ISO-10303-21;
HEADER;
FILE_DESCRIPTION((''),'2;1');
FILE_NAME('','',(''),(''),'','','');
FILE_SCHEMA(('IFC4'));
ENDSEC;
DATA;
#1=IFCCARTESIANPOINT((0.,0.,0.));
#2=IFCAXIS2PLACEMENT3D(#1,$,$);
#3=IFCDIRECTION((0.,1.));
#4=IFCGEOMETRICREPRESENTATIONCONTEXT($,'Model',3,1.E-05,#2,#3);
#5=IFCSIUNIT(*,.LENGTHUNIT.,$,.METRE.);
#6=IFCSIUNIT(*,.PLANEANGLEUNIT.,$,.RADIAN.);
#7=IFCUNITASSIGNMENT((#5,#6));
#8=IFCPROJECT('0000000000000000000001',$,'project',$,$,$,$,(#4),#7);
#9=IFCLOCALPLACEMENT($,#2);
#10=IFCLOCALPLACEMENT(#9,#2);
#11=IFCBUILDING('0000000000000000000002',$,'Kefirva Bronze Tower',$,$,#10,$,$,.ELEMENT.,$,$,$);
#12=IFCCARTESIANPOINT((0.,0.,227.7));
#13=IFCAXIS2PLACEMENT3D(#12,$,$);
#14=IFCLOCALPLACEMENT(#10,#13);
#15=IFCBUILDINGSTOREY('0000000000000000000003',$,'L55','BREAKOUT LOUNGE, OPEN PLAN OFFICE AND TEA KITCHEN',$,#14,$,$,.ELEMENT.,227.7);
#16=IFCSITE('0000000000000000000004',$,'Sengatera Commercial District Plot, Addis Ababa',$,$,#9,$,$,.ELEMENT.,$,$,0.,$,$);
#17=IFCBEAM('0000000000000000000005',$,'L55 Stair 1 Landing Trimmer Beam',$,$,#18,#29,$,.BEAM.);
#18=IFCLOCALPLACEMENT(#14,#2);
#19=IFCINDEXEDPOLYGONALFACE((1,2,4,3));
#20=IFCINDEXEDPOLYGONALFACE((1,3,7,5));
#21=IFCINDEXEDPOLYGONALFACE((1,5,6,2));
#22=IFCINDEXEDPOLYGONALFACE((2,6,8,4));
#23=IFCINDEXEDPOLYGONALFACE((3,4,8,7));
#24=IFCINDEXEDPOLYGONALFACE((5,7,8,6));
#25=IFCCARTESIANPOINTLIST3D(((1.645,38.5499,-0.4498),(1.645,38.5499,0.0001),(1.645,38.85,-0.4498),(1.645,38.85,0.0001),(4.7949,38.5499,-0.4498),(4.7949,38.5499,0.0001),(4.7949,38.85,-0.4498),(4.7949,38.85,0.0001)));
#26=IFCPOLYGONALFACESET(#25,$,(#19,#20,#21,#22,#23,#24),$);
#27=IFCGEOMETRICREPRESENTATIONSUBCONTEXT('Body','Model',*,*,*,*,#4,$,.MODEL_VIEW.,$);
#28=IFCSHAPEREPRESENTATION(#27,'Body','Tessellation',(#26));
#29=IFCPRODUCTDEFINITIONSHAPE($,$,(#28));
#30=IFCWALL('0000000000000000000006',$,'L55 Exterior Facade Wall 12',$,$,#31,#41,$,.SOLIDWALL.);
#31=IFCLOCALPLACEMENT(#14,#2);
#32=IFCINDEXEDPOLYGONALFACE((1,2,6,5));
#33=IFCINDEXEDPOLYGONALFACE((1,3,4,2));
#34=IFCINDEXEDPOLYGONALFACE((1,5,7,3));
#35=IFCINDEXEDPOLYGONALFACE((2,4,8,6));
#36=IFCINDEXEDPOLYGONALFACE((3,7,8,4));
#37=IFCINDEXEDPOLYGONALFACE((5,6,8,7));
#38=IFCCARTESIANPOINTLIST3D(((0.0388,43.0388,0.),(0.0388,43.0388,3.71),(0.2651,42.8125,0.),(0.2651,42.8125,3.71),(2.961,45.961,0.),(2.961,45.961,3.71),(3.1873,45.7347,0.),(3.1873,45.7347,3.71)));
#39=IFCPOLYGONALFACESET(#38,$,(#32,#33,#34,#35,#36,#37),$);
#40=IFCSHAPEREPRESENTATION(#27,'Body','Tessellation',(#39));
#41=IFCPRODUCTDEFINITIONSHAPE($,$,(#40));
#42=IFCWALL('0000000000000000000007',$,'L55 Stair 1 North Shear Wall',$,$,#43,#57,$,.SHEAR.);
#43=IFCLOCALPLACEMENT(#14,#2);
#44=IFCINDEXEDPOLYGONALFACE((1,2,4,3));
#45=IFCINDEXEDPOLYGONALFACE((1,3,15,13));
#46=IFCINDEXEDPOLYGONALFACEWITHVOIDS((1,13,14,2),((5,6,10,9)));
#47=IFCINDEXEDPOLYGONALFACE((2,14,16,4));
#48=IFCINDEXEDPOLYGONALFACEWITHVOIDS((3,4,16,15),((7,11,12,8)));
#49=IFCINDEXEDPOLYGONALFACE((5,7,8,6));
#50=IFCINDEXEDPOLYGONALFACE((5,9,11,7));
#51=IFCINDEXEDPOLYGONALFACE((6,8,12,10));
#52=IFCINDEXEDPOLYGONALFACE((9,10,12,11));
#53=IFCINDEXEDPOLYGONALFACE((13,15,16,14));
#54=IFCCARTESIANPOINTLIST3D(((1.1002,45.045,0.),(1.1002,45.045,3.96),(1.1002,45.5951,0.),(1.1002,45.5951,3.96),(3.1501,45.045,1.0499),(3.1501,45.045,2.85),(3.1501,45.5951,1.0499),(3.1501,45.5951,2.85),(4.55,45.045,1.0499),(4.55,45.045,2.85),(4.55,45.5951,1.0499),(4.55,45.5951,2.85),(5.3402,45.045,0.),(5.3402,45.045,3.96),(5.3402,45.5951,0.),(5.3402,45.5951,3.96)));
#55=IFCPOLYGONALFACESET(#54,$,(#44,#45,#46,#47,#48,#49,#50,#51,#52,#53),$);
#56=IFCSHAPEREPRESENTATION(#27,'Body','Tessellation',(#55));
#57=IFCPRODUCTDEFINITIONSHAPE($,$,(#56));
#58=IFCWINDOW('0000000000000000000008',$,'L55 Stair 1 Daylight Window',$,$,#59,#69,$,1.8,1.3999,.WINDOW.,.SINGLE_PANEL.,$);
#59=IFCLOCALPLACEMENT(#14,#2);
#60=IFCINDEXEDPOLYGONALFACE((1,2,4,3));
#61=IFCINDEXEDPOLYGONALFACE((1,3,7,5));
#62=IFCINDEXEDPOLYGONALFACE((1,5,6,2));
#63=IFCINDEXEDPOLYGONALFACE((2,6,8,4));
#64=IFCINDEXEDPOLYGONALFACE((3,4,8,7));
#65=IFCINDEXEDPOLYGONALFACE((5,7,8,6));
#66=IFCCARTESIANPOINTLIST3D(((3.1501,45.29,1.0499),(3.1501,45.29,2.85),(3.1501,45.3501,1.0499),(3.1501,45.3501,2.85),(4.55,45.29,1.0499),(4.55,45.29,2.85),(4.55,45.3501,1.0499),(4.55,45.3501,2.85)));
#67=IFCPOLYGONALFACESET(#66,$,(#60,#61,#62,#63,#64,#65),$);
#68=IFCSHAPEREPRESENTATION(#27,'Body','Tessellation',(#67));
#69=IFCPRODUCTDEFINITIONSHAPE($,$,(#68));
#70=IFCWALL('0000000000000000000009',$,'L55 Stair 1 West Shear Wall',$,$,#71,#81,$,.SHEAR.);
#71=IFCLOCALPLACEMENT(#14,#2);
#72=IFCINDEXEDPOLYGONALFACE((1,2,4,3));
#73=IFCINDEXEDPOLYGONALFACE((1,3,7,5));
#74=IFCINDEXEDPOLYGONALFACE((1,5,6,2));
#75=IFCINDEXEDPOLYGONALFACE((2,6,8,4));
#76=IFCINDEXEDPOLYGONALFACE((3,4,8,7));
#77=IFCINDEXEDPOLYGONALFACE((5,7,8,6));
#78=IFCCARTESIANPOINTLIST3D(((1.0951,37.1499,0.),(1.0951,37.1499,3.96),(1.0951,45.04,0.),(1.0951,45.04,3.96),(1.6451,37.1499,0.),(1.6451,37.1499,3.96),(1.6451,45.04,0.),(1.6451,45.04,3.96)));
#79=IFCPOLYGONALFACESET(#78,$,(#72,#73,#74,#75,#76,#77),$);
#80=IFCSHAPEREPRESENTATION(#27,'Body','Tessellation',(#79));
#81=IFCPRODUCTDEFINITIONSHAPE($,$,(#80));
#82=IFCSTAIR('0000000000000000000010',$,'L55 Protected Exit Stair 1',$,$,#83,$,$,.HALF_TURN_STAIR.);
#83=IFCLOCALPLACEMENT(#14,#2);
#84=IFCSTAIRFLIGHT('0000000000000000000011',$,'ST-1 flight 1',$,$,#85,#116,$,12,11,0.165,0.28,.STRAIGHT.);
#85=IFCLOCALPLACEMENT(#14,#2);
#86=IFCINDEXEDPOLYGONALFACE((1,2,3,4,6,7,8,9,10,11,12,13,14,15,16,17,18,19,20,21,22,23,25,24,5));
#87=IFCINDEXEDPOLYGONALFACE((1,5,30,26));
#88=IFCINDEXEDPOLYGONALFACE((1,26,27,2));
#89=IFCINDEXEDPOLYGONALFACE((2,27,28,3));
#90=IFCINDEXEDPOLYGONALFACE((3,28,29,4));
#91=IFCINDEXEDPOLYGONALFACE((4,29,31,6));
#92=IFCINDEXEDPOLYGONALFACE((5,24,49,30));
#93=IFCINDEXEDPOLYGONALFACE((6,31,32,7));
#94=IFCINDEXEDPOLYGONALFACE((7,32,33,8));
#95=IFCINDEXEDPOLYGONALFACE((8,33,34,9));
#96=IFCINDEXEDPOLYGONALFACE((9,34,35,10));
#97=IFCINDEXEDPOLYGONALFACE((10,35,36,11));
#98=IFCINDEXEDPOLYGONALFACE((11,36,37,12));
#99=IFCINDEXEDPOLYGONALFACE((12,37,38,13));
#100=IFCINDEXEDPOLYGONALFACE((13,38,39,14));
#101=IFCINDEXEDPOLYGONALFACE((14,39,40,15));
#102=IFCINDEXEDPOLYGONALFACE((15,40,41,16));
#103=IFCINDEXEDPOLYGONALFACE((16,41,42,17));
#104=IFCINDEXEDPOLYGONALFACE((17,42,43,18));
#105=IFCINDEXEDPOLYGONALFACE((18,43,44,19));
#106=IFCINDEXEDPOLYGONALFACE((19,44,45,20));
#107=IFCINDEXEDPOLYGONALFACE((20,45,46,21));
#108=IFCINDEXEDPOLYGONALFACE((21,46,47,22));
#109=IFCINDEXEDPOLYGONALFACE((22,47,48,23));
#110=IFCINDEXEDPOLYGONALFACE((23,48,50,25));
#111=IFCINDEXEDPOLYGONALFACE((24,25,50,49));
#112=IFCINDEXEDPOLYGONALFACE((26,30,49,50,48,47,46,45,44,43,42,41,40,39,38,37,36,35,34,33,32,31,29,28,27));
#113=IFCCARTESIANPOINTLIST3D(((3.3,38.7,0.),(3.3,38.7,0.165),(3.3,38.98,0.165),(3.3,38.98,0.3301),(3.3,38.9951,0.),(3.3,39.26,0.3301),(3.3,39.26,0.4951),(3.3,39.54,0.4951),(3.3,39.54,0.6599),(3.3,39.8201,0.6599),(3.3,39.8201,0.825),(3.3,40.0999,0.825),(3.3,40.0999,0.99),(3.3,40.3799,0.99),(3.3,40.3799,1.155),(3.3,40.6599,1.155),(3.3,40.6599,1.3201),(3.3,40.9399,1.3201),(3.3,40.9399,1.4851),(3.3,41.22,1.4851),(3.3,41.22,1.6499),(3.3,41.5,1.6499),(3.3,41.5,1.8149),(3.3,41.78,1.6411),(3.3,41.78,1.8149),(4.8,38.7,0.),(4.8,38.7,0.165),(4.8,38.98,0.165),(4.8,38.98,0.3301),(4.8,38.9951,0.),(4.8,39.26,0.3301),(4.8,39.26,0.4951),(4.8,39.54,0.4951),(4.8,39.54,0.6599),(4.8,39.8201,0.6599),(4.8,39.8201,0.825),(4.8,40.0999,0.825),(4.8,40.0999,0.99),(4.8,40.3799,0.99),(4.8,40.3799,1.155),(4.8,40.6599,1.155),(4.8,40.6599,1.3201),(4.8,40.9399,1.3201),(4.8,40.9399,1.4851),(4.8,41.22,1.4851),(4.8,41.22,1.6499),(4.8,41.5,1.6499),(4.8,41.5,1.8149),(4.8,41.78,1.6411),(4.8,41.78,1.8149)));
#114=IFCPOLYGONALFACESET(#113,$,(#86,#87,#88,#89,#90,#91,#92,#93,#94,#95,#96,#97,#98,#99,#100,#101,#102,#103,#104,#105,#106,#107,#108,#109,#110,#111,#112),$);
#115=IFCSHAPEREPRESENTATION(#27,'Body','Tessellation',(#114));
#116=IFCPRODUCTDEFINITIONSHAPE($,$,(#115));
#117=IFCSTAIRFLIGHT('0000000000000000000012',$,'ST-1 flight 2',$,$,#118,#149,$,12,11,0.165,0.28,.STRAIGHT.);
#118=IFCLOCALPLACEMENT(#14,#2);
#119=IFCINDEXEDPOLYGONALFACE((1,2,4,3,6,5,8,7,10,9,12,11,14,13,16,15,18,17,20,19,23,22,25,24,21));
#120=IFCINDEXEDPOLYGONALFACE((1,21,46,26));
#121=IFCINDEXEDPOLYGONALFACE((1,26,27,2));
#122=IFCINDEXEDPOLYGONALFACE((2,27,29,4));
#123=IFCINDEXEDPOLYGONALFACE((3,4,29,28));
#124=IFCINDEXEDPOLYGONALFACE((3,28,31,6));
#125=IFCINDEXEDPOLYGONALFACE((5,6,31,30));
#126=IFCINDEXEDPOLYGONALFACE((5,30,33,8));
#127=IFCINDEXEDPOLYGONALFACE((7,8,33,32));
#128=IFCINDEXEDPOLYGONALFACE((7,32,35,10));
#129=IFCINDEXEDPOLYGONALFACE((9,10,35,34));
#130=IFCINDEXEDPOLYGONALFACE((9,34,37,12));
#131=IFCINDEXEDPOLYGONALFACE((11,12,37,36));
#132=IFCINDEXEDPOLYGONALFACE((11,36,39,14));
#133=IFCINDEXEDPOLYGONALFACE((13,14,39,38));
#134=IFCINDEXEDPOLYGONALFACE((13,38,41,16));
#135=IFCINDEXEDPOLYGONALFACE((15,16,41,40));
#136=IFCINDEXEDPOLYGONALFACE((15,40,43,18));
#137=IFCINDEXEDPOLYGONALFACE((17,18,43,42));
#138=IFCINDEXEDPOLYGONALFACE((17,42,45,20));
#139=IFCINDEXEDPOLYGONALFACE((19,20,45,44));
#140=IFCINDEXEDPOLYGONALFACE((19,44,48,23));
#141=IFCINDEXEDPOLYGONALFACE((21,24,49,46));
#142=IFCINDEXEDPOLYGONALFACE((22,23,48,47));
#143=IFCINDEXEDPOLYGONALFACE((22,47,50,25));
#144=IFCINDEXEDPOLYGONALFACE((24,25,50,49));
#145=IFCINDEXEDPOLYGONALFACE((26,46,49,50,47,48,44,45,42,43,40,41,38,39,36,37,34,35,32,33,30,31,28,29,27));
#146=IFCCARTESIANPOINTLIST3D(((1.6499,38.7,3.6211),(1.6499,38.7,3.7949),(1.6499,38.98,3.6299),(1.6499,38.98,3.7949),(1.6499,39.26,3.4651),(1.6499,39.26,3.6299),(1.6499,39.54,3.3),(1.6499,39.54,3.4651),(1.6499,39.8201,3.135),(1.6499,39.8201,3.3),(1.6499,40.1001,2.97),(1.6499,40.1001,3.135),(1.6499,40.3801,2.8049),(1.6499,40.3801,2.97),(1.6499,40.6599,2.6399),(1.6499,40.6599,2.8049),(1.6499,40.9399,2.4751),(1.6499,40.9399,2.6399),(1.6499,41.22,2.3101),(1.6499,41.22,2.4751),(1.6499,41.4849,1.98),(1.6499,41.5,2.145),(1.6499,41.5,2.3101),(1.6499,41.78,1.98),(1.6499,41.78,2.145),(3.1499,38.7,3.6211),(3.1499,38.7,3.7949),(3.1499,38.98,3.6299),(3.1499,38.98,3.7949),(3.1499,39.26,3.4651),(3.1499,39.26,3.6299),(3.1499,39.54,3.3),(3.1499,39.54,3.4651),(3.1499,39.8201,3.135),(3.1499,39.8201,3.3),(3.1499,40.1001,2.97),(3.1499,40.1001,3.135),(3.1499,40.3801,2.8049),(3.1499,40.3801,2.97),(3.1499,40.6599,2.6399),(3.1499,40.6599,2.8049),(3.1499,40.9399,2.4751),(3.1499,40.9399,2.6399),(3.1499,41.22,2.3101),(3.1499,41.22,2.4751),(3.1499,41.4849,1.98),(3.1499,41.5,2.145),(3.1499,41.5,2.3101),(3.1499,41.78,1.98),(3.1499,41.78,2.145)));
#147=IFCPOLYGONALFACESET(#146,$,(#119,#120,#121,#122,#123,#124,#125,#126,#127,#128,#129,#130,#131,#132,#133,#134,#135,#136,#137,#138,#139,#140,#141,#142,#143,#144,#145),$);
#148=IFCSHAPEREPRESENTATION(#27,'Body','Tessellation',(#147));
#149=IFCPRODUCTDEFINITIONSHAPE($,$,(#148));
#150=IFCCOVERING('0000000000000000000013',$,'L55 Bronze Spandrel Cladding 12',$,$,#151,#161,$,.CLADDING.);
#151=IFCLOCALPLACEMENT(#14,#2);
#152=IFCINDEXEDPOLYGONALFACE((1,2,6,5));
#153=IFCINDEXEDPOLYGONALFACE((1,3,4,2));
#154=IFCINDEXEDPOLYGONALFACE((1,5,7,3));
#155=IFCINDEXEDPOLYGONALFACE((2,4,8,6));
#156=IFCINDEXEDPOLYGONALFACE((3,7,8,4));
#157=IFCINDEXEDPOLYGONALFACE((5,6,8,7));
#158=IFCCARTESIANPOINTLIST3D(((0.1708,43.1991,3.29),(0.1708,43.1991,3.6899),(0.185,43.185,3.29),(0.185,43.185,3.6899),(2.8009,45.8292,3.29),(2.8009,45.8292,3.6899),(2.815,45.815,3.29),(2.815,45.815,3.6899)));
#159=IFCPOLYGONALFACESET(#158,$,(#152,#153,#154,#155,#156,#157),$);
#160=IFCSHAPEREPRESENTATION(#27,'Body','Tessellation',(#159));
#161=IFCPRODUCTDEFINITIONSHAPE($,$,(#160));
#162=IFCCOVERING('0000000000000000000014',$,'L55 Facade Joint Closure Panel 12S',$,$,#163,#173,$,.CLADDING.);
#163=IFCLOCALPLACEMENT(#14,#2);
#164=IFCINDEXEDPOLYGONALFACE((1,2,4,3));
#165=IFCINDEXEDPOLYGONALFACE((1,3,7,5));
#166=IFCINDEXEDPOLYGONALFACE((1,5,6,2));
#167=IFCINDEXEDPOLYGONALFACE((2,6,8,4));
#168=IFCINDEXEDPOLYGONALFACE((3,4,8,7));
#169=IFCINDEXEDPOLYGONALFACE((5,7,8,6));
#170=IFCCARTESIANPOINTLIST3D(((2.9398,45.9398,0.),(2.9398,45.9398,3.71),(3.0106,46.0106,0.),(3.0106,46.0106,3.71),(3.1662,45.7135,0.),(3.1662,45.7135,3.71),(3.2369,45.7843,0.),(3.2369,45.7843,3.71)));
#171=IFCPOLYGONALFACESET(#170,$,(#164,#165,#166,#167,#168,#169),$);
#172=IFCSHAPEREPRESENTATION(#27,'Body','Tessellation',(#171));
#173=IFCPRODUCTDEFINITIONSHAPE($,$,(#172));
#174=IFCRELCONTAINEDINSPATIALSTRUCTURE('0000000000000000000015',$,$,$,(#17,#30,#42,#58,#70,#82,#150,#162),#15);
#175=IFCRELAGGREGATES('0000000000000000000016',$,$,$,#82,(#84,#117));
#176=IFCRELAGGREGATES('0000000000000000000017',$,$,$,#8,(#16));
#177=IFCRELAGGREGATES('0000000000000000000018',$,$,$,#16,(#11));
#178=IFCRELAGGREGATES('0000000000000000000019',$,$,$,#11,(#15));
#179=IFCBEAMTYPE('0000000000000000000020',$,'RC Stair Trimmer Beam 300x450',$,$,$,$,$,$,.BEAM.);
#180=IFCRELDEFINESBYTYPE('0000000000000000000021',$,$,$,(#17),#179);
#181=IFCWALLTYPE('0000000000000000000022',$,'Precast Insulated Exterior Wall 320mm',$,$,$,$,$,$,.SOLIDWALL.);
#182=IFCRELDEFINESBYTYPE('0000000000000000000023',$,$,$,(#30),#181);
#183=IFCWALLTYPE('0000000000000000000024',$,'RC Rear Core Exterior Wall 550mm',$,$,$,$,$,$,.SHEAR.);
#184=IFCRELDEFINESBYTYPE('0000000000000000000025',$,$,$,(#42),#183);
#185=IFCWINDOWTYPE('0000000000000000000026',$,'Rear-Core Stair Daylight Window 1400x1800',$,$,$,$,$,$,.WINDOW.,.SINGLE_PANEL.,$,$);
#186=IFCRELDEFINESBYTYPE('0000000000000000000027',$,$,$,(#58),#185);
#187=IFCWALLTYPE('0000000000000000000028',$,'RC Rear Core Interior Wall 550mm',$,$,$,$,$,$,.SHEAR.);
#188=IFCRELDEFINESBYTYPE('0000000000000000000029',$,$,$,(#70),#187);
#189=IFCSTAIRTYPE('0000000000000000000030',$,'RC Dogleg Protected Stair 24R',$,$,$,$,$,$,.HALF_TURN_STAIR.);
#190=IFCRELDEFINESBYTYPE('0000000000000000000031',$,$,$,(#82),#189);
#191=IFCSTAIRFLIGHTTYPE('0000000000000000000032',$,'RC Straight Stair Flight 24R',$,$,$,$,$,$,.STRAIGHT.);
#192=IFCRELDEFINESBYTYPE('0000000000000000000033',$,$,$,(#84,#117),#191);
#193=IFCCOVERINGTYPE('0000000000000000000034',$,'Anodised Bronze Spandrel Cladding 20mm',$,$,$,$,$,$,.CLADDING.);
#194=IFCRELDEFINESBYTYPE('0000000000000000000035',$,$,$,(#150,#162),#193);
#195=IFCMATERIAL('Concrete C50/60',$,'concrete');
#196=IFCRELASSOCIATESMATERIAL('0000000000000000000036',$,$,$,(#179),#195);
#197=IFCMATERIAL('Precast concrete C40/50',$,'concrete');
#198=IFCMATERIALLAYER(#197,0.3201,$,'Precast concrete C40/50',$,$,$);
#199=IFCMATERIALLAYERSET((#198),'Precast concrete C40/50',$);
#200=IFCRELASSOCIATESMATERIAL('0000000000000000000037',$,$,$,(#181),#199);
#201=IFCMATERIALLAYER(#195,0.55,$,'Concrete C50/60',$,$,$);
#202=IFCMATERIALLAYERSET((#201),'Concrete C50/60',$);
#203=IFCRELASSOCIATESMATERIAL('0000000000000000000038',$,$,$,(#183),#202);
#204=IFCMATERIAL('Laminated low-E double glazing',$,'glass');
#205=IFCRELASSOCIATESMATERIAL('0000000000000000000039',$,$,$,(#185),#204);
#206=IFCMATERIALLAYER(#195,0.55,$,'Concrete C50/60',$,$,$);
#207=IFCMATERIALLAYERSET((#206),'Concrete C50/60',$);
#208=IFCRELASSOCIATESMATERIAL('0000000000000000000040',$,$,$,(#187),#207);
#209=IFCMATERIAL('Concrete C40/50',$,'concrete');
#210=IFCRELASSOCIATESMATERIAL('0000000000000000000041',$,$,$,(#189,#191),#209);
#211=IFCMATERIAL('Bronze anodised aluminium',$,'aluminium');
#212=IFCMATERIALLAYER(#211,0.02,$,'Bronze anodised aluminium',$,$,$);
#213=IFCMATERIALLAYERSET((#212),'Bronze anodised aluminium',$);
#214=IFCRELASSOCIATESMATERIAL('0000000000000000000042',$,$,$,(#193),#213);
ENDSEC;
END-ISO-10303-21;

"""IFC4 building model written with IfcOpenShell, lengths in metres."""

from ifc_helpers import new_model, si_unit, direction, frame, frame_2d, origin, origin_2d, place, context, subcontext, project, spatial, polyline, rectangle, outline, extrude, material, layer, layer_set, material_profile, profile_set, type_object, element, fill, aggregate, save


model = new_model("IFC4")

# Units and contexts
model_context = context("Model", 3, precision=1e-05, world=origin(), true_north=direction((0.0, 1.0)))
body_context = subcontext(model_context, "Body", "Model", "MODEL_VIEW")
ifc_project = project(units=[si_unit("LENGTHUNIT", "METRE"), si_unit("PLANEANGLEUNIT", "RADIAN")], contexts=[model_context])

# Site, building, storey
site_placement = place(None, origin())
site = spatial("IfcSite", under=ifc_project, at=site_placement, Name="Sengatera Commercial District Plot, Addis Ababa", CompositionType="ELEMENT", RefElevation=0.0)
building_placement = place(site_placement, origin())
building = spatial("IfcBuilding", under=site, at=building_placement, Name="Kefirva Bronze Tower", CompositionType="ELEMENT")
storey_placement = place(building_placement, frame((0.0, 0.0, 227.7)))
storey = spatial("IfcBuildingStorey", under=building, at=storey_placement, Name="L55", Description="BREAKOUT LOUNGE, OPEN PLAN OFFICE AND TEA KITCHEN", CompositionType="ELEMENT", Elevation=227.7)

# Beam
ifc_material_1 = material(Name="Concrete C50/60", Category="concrete")
ifc_material_profile = material_profile(ifc_material_1, rectangle(XDim=0.3, YDim=0.45, at=origin_2d()), Name="RC 300x450")
ifc_profile_set = profile_set([ifc_material_profile], Name="Concrete C50/60")
beam_type = type_object("IfcBeamType", Name="RC Stair Trimmer Beam 300x450", PredefinedType="BEAM", material=ifc_profile_set)
beam_placement = place(storey_placement, frame((1.645, 38.7, -0.2249), z_axis=(1.0, 0.0, 0.0), x_axis=(0.0, 1.0, 0.0)))
element("IfcBeam", 1, at=beam_placement, inside=storey, type_object=beam_type, Name="L55 Stair 1 Landing Trimmer Beam", PredefinedType="BEAM", context=body_context, shape_type="SweptSolid", body=[
    extrude(rectangle(XDim=0.3, YDim=0.45, at=origin_2d()), origin(), (0.0, 0.0, 1.0), 3.1499),
])

# Wall
ifc_material_2 = material(Name="Precast concrete C40/50", Category="concrete")
ifc_layer_1 = layer(ifc_material_2, 0.3201, Name="Precast concrete C40/50")
ifc_layer_set_1 = layer_set([ifc_layer_1], Name="Precast concrete C40/50")
wall_type_1 = type_object("IfcWallType", Name="Precast Insulated Exterior Wall 320mm", PredefinedType="SOLIDWALL", material=ifc_layer_set_1)
wall_1_placement = place(storey_placement, frame((3.0742, 45.8479, 0.0), z_axis=(0.0, 0.0, 1.0), x_axis=(-0.707107, -0.707107, 0.0)))
element("IfcWall", 2, at=wall_1_placement, inside=storey, type_object=wall_type_1, Name="L55 Exterior Facade Wall 12", PredefinedType="SOLIDWALL", context=body_context, shape_type="SweptSolid", body=[
    extrude(rectangle(XDim=4.1326, YDim=0.3201, at=frame_2d((2.0664, 0.0))), origin(), (0.0, 0.0, 1.0), 3.71),
])

# Wall, opening, window
ifc_layer_2 = layer(ifc_material_1, 0.55, Name="Concrete C50/60")
ifc_layer_set_2 = layer_set([ifc_layer_2], Name="Concrete C50/60")
wall_type_2 = type_object("IfcWallType", Name="RC Rear Core Exterior Wall 550mm", PredefinedType="SHEAR", material=ifc_layer_set_2)
wall_2_placement = place(storey_placement, frame((1.1001, 45.3201, 0.0), z_axis=(0.0, 0.0, 1.0), x_axis=(1.0, 0.0, 0.0)))
wall_2 = element("IfcWall", 3, at=wall_2_placement, inside=storey, type_object=wall_type_2, Name="L55 Stair 1 North Shear Wall", PredefinedType="SHEAR", context=body_context, shape_type="SweptSolid", body=[
    extrude(rectangle(XDim=4.24, YDim=0.55, at=frame_2d((2.1201, 0.0))), origin(), (0.0, 0.0, 1.0), 3.96),
])
opening_1_placement = place(wall_2_placement, frame((2.05, 0.0, 1.05)))
opening_1 = element("IfcOpeningElement", 4, at=opening_1_placement, cuts=wall_2, PredefinedType="OPENING", context=body_context, shape_type="SweptSolid", body=[
    extrude(rectangle(XDim=1.3999, YDim=1.8, at=frame_2d((0.7, 0.8999))), frame((0.0, 0.2852, 0.0), z_axis=(0.0, -1.0, 0.0), x_axis=(1.0, 0.0, 0.0)), (0.0, 0.0, 1.0), 0.5701),
])
ifc_material_3 = material(Name="Laminated low-E double glazing", Category="glass")
window_type = type_object("IfcWindowType", Name="Rear-Core Stair Daylight Window 1400x1800", PartitioningType="SINGLE_PANEL", PredefinedType="WINDOW", material=ifc_material_3)
window_placement = place(opening_1_placement, origin())
window = element("IfcWindow", 5, at=window_placement, inside=storey, type_object=window_type, Name="L55 Stair 1 Daylight Window", OverallHeight=1.8, OverallWidth=1.3999, PartitioningType="SINGLE_PANEL", PredefinedType="WINDOW", context=body_context, shape_type="SweptSolid", body=[
    extrude(rectangle(XDim=1.3999, YDim=1.8, at=frame_2d((0.7, 0.8999))), frame((0.0, 0.03, 0.0), z_axis=(0.0, -1.0, 0.0), x_axis=(1.0, 0.0, 0.0)), (0.0, 0.0, 1.0), 0.0601),
])
fill(opening_1, window)

# Wall
ifc_layer_3 = layer(ifc_material_1, 0.55, Name="Concrete C50/60")
ifc_layer_set_3 = layer_set([ifc_layer_3], Name="Concrete C50/60")
wall_type_3 = type_object("IfcWallType", Name="RC Rear Core Interior Wall 550mm", PredefinedType="SHEAR", material=ifc_layer_set_3)
wall_3_placement = place(storey_placement, frame((1.3701, 37.1499, 0.0), z_axis=(0.0, 0.0, 1.0), x_axis=(0.0, 1.0, 0.0)))
element("IfcWall", 6, at=wall_3_placement, inside=storey, type_object=wall_type_3, Name="L55 Stair 1 West Shear Wall", PredefinedType="SHEAR", context=body_context, shape_type="SweptSolid", body=[
    extrude(rectangle(XDim=7.8901, YDim=0.55, at=frame_2d((3.9451, 0.0))), origin(), (0.0, 0.0, 1.0), 3.96),
])

# Stair, stair flights
ifc_material_4 = material(Name="Concrete C40/50", Category="concrete")
stair_type = type_object("IfcStairType", Name="RC Dogleg Protected Stair 24R", PredefinedType="HALF_TURN_STAIR", material=ifc_material_4)
stair_placement = place(storey_placement, origin())
stair = element("IfcStair", 7, at=stair_placement, inside=storey, type_object=stair_type, Name="L55 Protected Exit Stair 1", PredefinedType="HALF_TURN_STAIR")
stair_flight_type = type_object("IfcStairFlightType", Name="RC Straight Stair Flight 24R", PredefinedType="STRAIGHT", material=ifc_material_4)
stair_flight_1_placement = place(storey_placement, frame((4.05, 38.7, 0.0), z_axis=(0.0, 0.0, 1.0), x_axis=(0.0, 1.0, 0.0)))
stair_flight_1 = element("IfcStairFlight", 8, at=stair_flight_1_placement, type_object=stair_flight_type, Name="ST-1 flight 1", NumberOfRisers=12, NumberOfTreads=11, PredefinedType="STRAIGHT", RiserHeight=0.165, TreadLength=0.28, context=body_context, shape_type="SweptSolid", body=[
    extrude(outline(polyline([(0.0, 0.0), (0.0, 0.165), (0.28, 0.165), (0.28, 0.3301), (0.5601, 0.3301), (0.5601, 0.4951), (0.8401, 0.4951), (0.8401, 0.6599), (1.1201, 0.6599), (1.1201, 0.825), (1.3999, 0.825), (1.3999, 0.99), (1.6799, 0.99), (1.6799, 1.155), (1.96, 1.155), (1.96, 1.3201), (2.24, 1.3201), (2.24, 1.4851), (2.52, 1.4851), (2.52, 1.6499), (2.8, 1.6499), (2.8, 1.8149), (3.0801, 1.8149), (3.0801, 1.98), (3.0801, 1.6411), (0.2952, 0.0), (0.0, 0.0)])), frame((0.0, 0.75, 0.0), z_axis=(0.0, -1.0, 0.0), x_axis=(1.0, 0.0, 0.0)), (0.0, 0.0, 1.0), 1.5),
])
stair_flight_2_placement = place(storey_placement, frame((2.3999, 41.78, 1.98), z_axis=(0.0, 0.0, 1.0), x_axis=(0.0, -1.0, 0.0)))
stair_flight_2 = element("IfcStairFlight", 9, at=stair_flight_2_placement, type_object=stair_flight_type, Name="ST-1 flight 2", NumberOfRisers=12, NumberOfTreads=11, PredefinedType="STRAIGHT", RiserHeight=0.165, TreadLength=0.28, context=body_context, shape_type="SweptSolid", body=[
    extrude(outline(polyline([(0.0, 0.0), (0.0, 0.165), (0.28, 0.165), (0.28, 0.3301), (0.5601, 0.3301), (0.5601, 0.4951), (0.8401, 0.4951), (0.8401, 0.6599), (1.1201, 0.6599), (1.1201, 0.825), (1.3999, 0.825), (1.3999, 0.99), (1.6799, 0.99), (1.6799, 1.155), (1.96, 1.155), (1.96, 1.3201), (2.24, 1.3201), (2.24, 1.4851), (2.52, 1.4851), (2.52, 1.6499), (2.8, 1.6499), (2.8, 1.8149), (3.0801, 1.8149), (3.0801, 1.98), (3.0801, 1.6411), (0.2952, 0.0), (0.0, 0.0)])), frame((0.0, 0.75, 0.0), z_axis=(0.0, -1.0, 0.0), x_axis=(1.0, 0.0, 0.0)), (0.0, 0.0, 1.0), 1.5),
])
aggregate(stair, [stair_flight_1, stair_flight_2])

# Coverings
ifc_material_5 = material(Name="Bronze anodised aluminium", Category="aluminium")
ifc_layer_4 = layer(ifc_material_5, 0.02, Name="Bronze anodised aluminium")
ifc_layer_set_4 = layer_set([ifc_layer_4], Name="Bronze anodised aluminium")
covering_type_1 = type_object("IfcCoveringType", Name="Anodised Bronze Spandrel Cladding 20mm", PredefinedType="CLADDING", material=ifc_layer_set_4)
covering_1_placement = place(storey_placement, frame((1.4929, 44.5071, 3.29), z_axis=(0.0, 0.0, 1.0), x_axis=(-0.707107, -0.707107, 0.0)))
element("IfcCovering", 10, at=covering_1_placement, inside=storey, type_object=covering_type_1, Name="L55 Bronze Spandrel Cladding 12", PredefinedType="CLADDING", context=body_context, shape_type="SweptSolid", body=[
    extrude(rectangle(XDim=3.7195, YDim=0.02, at=origin_2d()), origin(), (0.0, 0.0, 1.0), 0.3999),
])
for number, where, z_axis, x_axis, name in (
    (11, (3.0884, 45.8621, 0.0), (0.0, 0.0, 1.0), (-0.707107, -0.707107, 0.0), "L55 Facade Joint Closure Panel 12S"),
):
    element("IfcCovering", number, at=place(storey_placement, frame(where, z_axis=z_axis, x_axis=x_axis)), inside=storey, type_object=covering_type_1, Name=name, PredefinedType="CLADDING", context=body_context, shape_type="SweptSolid", body=[
        extrude(rectangle(XDim=0.1001, YDim=0.3201, at=origin_2d()), origin(), (0.0, 0.0, 1.0), 3.71),
    ])

save(model, "model.ifc")
